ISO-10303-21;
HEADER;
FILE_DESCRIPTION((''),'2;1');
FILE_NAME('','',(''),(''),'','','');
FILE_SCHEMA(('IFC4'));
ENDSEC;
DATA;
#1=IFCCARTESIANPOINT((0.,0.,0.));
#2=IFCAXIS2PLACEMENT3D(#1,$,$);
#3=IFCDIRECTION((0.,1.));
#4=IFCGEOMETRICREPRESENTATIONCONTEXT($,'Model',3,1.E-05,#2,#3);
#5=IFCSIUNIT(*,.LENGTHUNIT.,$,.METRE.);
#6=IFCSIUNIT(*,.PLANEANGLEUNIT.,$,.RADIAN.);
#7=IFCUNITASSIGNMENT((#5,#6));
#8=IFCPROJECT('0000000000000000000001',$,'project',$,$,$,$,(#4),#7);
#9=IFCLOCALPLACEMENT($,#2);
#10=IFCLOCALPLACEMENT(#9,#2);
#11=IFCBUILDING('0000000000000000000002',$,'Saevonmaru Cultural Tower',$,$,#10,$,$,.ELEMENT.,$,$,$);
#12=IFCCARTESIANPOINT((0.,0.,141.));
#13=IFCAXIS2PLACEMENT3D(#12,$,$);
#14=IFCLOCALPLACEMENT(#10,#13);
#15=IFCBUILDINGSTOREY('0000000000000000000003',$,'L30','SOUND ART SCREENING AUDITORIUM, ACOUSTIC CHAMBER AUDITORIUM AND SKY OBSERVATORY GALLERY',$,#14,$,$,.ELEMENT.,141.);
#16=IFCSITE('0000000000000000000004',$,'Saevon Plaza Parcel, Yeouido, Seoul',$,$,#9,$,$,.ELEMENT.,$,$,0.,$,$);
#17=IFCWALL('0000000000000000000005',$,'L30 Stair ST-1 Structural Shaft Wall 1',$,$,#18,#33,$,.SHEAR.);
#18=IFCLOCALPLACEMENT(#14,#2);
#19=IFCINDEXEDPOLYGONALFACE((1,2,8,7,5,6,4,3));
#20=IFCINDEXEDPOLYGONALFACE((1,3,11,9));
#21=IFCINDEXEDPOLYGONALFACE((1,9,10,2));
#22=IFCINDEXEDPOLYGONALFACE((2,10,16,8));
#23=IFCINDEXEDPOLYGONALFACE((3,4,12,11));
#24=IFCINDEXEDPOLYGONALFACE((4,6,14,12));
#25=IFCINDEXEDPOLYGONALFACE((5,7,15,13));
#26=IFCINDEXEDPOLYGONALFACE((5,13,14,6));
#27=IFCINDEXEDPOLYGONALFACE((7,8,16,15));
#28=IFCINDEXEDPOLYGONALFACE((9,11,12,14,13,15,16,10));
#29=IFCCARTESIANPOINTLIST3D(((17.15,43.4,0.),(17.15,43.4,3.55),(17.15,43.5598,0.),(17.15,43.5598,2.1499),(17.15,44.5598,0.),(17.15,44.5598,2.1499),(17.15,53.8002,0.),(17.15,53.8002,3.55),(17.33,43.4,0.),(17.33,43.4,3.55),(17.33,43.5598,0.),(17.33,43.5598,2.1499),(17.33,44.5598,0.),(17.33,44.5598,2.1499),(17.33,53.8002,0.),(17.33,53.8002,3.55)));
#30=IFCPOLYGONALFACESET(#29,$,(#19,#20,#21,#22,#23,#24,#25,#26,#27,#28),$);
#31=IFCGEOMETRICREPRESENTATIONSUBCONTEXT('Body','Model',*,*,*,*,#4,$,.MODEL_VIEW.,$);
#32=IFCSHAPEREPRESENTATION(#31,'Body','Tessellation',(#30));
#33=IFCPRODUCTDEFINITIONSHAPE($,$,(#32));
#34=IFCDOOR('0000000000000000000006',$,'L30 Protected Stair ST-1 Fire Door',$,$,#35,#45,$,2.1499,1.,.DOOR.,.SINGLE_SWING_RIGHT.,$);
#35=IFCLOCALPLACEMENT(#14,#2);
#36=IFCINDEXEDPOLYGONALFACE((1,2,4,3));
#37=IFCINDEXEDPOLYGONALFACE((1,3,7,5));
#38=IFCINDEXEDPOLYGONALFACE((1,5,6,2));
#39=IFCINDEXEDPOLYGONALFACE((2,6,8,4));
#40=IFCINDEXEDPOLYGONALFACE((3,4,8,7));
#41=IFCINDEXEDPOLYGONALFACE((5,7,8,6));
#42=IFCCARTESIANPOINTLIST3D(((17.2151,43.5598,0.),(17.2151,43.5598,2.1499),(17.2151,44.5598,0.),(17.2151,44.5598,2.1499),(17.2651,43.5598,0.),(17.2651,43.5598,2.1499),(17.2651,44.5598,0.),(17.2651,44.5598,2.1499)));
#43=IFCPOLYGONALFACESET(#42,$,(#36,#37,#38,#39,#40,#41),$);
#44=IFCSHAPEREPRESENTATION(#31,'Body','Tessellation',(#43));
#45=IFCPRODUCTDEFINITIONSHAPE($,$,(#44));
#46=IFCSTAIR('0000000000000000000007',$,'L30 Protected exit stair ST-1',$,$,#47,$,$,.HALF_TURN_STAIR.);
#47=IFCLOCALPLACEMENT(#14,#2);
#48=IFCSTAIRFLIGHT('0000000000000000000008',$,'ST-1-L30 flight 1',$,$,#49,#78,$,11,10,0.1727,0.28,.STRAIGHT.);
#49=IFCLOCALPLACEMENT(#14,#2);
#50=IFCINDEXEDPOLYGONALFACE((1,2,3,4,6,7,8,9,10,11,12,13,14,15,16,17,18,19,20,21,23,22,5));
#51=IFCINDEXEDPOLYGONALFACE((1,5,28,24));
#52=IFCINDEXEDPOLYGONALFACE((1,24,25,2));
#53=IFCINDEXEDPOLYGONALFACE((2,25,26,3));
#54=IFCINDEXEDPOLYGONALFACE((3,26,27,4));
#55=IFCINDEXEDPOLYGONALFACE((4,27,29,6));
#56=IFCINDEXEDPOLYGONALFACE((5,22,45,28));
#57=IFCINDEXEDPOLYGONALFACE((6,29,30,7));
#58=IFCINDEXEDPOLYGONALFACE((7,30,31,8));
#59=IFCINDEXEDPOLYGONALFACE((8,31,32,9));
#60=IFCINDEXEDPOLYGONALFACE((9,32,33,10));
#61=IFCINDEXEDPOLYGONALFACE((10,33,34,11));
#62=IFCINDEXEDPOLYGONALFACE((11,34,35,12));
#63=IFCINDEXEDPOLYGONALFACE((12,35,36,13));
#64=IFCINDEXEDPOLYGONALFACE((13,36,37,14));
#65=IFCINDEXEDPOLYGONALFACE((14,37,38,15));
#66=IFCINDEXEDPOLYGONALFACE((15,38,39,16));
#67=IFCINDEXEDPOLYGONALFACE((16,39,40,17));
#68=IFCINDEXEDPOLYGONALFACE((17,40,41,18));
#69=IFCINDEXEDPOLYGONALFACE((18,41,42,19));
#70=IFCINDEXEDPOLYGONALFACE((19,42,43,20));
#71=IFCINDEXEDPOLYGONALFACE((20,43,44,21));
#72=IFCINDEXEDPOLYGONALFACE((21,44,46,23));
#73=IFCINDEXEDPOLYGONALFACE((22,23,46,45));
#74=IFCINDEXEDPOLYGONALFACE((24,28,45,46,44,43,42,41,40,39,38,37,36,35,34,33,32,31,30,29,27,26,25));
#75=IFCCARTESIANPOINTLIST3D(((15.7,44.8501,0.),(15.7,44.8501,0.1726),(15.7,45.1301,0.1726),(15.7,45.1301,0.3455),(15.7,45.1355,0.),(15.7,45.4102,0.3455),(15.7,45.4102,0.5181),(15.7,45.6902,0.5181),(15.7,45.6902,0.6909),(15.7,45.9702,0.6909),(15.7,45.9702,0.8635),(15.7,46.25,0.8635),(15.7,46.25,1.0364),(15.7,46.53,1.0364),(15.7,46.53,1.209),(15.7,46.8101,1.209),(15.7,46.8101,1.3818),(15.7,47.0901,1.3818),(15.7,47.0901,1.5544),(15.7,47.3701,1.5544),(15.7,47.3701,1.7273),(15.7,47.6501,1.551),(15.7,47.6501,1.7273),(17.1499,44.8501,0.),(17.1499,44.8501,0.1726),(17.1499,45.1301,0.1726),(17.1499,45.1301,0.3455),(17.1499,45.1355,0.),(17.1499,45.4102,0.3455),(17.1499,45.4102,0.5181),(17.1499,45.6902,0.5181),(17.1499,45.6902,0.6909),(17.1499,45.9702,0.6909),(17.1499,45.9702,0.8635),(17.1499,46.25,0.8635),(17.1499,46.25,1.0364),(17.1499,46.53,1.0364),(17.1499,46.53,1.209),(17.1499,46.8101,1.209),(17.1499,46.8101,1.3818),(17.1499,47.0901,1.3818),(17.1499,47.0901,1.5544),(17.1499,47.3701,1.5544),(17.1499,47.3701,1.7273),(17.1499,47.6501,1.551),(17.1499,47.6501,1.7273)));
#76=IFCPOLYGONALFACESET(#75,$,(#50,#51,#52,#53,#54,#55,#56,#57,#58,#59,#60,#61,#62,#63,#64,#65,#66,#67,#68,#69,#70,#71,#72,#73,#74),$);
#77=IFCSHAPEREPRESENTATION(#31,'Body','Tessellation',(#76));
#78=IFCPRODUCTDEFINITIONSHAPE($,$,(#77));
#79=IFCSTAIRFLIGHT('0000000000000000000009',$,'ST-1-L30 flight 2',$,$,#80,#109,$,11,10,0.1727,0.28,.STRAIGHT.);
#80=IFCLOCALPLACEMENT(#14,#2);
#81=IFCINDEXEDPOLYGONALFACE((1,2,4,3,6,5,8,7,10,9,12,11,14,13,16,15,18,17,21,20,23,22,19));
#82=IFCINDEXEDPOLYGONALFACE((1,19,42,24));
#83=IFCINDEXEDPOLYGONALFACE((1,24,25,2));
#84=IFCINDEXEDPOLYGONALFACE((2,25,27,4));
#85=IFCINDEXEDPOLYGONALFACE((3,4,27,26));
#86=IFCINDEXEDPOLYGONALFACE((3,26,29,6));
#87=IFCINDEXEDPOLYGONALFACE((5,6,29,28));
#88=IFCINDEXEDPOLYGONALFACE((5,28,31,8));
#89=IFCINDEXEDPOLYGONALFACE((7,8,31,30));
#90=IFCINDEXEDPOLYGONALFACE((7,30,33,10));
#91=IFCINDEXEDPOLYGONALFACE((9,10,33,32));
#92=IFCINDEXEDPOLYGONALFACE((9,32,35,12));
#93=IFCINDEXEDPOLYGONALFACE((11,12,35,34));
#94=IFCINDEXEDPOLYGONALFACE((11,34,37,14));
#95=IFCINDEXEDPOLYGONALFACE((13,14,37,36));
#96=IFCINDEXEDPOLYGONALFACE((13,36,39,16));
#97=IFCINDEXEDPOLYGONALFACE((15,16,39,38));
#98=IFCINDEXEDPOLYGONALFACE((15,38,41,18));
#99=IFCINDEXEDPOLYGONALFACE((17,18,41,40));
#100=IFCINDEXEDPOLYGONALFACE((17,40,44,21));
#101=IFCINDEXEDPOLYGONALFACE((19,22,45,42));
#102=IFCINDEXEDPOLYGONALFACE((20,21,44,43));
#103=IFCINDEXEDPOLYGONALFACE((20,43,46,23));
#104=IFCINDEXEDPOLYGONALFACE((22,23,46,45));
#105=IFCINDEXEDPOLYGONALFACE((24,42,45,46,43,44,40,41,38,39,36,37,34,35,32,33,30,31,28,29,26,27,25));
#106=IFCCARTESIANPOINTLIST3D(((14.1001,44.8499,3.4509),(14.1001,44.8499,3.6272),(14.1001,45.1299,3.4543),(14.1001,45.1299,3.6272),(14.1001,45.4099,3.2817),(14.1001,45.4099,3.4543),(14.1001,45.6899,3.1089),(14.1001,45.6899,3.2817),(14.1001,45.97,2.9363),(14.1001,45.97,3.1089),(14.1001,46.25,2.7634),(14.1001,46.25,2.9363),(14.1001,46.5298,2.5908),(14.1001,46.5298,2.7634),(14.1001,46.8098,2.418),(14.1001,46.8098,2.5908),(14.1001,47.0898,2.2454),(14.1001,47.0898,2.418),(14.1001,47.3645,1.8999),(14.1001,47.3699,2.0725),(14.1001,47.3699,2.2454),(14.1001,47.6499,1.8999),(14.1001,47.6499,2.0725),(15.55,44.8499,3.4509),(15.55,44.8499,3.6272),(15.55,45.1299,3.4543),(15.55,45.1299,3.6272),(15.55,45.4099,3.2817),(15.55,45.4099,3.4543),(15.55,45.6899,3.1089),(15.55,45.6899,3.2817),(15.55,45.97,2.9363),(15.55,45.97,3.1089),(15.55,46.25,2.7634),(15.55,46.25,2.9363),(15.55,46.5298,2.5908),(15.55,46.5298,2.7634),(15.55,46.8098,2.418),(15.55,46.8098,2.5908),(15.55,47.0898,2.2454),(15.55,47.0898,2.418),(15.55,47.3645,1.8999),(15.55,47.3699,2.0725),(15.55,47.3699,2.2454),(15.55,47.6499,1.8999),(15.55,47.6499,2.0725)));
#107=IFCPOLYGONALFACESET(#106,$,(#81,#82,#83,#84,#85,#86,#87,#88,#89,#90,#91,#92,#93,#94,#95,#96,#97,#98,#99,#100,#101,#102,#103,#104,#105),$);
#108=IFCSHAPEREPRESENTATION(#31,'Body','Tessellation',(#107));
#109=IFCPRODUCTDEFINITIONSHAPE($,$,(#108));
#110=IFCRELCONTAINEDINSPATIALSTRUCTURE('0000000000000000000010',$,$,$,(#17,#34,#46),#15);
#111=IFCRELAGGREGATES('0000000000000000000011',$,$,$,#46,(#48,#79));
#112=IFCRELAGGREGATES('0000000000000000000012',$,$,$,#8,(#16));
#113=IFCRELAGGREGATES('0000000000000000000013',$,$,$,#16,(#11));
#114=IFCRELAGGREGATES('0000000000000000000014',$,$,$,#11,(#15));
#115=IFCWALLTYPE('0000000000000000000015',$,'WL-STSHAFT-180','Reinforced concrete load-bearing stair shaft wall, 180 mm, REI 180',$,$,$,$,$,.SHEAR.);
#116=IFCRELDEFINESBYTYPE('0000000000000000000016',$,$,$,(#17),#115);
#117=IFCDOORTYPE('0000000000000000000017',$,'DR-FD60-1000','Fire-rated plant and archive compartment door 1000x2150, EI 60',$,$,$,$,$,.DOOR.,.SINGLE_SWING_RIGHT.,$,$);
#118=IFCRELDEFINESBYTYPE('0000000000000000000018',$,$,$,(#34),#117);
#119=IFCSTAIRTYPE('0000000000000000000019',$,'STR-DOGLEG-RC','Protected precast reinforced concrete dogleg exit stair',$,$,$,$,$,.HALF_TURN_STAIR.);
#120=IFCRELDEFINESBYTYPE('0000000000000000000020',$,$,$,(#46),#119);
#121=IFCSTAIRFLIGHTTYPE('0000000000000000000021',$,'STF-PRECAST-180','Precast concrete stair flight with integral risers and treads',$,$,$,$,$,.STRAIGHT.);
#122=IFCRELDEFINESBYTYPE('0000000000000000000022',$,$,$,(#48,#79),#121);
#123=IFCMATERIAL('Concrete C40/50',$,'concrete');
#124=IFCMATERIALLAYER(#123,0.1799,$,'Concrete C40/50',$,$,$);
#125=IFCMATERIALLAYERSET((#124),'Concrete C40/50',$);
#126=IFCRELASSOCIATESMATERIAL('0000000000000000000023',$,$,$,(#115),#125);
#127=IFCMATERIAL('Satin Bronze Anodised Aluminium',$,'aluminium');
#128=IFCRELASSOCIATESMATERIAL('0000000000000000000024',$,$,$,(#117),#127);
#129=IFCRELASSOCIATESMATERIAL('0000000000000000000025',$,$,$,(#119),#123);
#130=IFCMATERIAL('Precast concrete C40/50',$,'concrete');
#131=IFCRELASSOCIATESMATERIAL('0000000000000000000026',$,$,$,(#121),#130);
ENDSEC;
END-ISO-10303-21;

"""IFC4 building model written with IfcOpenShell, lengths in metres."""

from ifc_helpers import new_model, si_unit, direction, frame, frame_2d, origin, place, context, subcontext, project, spatial, polyline, rectangle, outline, extrude, material, layer, layer_set, type_object, element, fill, aggregate, save


model = new_model("IFC4")

# Units and contexts
model_context = context("Model", 3, precision=1e-05, world=origin(), true_north=direction((0.0, 1.0)))
body_context = subcontext(model_context, "Body", "Model", "MODEL_VIEW")
ifc_project = project(units=[si_unit("LENGTHUNIT", "METRE"), si_unit("PLANEANGLEUNIT", "RADIAN")], contexts=[model_context])

# Site, building, storey
site_placement = place(None, origin())
site = spatial("IfcSite", under=ifc_project, at=site_placement, Name="Saevon Plaza Parcel, Yeouido, Seoul", CompositionType="ELEMENT", RefElevation=0.0)
building_placement = place(site_placement, origin())
building = spatial("IfcBuilding", under=site, at=building_placement, Name="Saevonmaru Cultural Tower", CompositionType="ELEMENT")
storey_placement = place(building_placement, frame((0.0, 0.0, 141.0)))
storey = spatial("IfcBuildingStorey", under=building, at=storey_placement, Name="L30", Description="SOUND ART SCREENING AUDITORIUM, ACOUSTIC CHAMBER AUDITORIUM AND SKY OBSERVATORY GALLERY", CompositionType="ELEMENT", Elevation=141.0)

# Shared definitions
ifc_material_1 = material(Name="Satin Bronze Anodised Aluminium", Category="aluminium")

# Shared definitions
ifc_material_2 = material(Name="Concrete C40/50", Category="concrete")

# Wall, opening, door
ifc_layer_1 = layer(ifc_material_2, 0.1799, Name="Concrete C40/50")
ifc_layer_set_1 = layer_set([ifc_layer_1], Name="Concrete C40/50")
wall_type_1 = type_object("IfcWallType", Name="WL-STSHAFT-180", Description="Reinforced concrete load-bearing stair shaft wall, 180 mm, REI 180", PredefinedType="SHEAR", material=ifc_layer_set_1)
wall_1_placement = place(storey_placement, frame((17.24, 43.3999, 0.0), z_axis=(0.0, 0.0, 1.0), x_axis=(0.0, 1.0, 0.0)))
wall_1 = element("IfcWall", 1, at=wall_1_placement, inside=storey, type_object=wall_type_1, Name="L30 Stair ST-1 Structural Shaft Wall 1", PredefinedType="SHEAR", context=body_context, shape_type="SweptSolid", body=[
    extrude(rectangle(XDim=10.4001, YDim=0.1799, at=frame_2d((5.2002, 0.0))), origin(), (0.0, 0.0, 1.0), 3.55),
])
opening_1_placement = place(wall_1_placement, frame((0.1599, 0.0, 0.0)))
opening_1 = element("IfcOpeningElement", 2, at=opening_1_placement, cuts=wall_1, PredefinedType="OPENING", context=body_context, shape_type="SweptSolid", body=[
    extrude(rectangle(XDim=1.0, YDim=2.1499, at=frame_2d((0.5, 1.075))), frame((0.0, 0.1001, 0.0), z_axis=(0.0, -1.0, 0.0), x_axis=(1.0, 0.0, 0.0)), (0.0, 0.0, 1.0), 0.2),
])
door_type_1 = type_object("IfcDoorType", Name="DR-FD60-1000", Description="Fire-rated plant and archive compartment door 1000x2150, EI 60", OperationType="SINGLE_SWING_RIGHT", PredefinedType="DOOR", material=ifc_material_1)
door_1_placement = place(opening_1_placement, origin())
door_1 = element("IfcDoor", 3, at=door_1_placement, inside=storey, type_object=door_type_1, Name="L30 Protected Stair ST-1 Fire Door", OperationType="SINGLE_SWING_RIGHT", OverallHeight=2.1499, OverallWidth=1.0, PredefinedType="DOOR", context=body_context, shape_type="SweptSolid", body=[
    extrude(rectangle(XDim=1.0, YDim=2.1499, at=frame_2d((0.5, 1.075))), frame((0.0, 0.0249, 0.0), z_axis=(0.0, -1.0, 0.0), x_axis=(1.0, 0.0, 0.0)), (0.0, 0.0, 1.0), 0.05),
])
fill(opening_1, door_1)

# Stair, stair flights
stair_type = type_object("IfcStairType", Name="STR-DOGLEG-RC", Description="Protected precast reinforced concrete dogleg exit stair", PredefinedType="HALF_TURN_STAIR", material=ifc_material_2)
stair_placement = place(storey_placement, origin())
stair = element("IfcStair", 4, at=stair_placement, inside=storey, type_object=stair_type, Name="L30 Protected exit stair ST-1", PredefinedType="HALF_TURN_STAIR")
ifc_material_3 = material(Name="Precast concrete C40/50", Category="concrete")
stair_flight_type = type_object("IfcStairFlightType", Name="STF-PRECAST-180", Description="Precast concrete stair flight with integral risers and treads", PredefinedType="STRAIGHT", material=ifc_material_3)
stair_flight_1_placement = place(storey_placement, frame((16.425, 44.8501, 0.0), z_axis=(0.0, 0.0, 1.0), x_axis=(0.0, 1.0, 0.0)))
stair_flight_1 = element("IfcStairFlight", 5, at=stair_flight_1_placement, type_object=stair_flight_type, Name="ST-1-L30 flight 1", NumberOfRisers=11, NumberOfTreads=10, PredefinedType="STRAIGHT", RiserHeight=0.1727, TreadLength=0.28, context=body_context, shape_type="SweptSolid", body=[
    extrude(outline(polyline([(0.0, 0.0), (0.0, 0.1726), (0.28, 0.1726), (0.28, 0.3455), (0.5601, 0.3455), (0.5601, 0.5181), (0.8401, 0.5181), (0.8401, 0.6909), (1.1201, 0.6909), (1.1201, 0.8635), (1.3999, 0.8635), (1.3999, 1.0364), (1.6799, 1.0364), (1.6799, 1.209), (1.96, 1.209), (1.96, 1.3818), (2.24, 1.3818), (2.24, 1.5544), (2.52, 1.5544), (2.52, 1.7273), (2.8, 1.7273), (2.8, 1.8999), (2.8, 1.551), (0.2854, 0.0), (0.0, 0.0)])), frame((0.0, 0.7251, 0.0), z_axis=(0.0, -1.0, 0.0), x_axis=(1.0, 0.0, 0.0)), (0.0, 0.0, 1.0), 1.45),
])
stair_flight_2_placement = place(storey_placement, frame((14.825, 47.6499, 1.8999), z_axis=(0.0, 0.0, 1.0), x_axis=(0.0, -1.0, 0.0)))
stair_flight_2 = element("IfcStairFlight", 6, at=stair_flight_2_placement, type_object=stair_flight_type, Name="ST-1-L30 flight 2", NumberOfRisers=11, NumberOfTreads=10, PredefinedType="STRAIGHT", RiserHeight=0.1727, TreadLength=0.28, context=body_context, shape_type="SweptSolid", body=[
    extrude(outline(polyline([(0.0, 0.0), (0.0, 0.1726), (0.28, 0.1726), (0.28, 0.3455), (0.5601, 0.3455), (0.5601, 0.5181), (0.8401, 0.5181), (0.8401, 0.6909), (1.1201, 0.6909), (1.1201, 0.8635), (1.3999, 0.8635), (1.3999, 1.0364), (1.6799, 1.0364), (1.6799, 1.209), (1.96, 1.209), (1.96, 1.3818), (2.24, 1.3818), (2.24, 1.5544), (2.52, 1.5544), (2.52, 1.7273), (2.8, 1.7273), (2.8, 1.8999), (2.8, 1.551), (0.2854, 0.0), (0.0, 0.0)])), frame((0.0, 0.7251, 0.0), z_axis=(0.0, -1.0, 0.0), x_axis=(1.0, 0.0, 0.0)), (0.0, 0.0, 1.0), 1.45),
])
aggregate(stair, [stair_flight_1, stair_flight_2])

save(model, "model.ifc")
